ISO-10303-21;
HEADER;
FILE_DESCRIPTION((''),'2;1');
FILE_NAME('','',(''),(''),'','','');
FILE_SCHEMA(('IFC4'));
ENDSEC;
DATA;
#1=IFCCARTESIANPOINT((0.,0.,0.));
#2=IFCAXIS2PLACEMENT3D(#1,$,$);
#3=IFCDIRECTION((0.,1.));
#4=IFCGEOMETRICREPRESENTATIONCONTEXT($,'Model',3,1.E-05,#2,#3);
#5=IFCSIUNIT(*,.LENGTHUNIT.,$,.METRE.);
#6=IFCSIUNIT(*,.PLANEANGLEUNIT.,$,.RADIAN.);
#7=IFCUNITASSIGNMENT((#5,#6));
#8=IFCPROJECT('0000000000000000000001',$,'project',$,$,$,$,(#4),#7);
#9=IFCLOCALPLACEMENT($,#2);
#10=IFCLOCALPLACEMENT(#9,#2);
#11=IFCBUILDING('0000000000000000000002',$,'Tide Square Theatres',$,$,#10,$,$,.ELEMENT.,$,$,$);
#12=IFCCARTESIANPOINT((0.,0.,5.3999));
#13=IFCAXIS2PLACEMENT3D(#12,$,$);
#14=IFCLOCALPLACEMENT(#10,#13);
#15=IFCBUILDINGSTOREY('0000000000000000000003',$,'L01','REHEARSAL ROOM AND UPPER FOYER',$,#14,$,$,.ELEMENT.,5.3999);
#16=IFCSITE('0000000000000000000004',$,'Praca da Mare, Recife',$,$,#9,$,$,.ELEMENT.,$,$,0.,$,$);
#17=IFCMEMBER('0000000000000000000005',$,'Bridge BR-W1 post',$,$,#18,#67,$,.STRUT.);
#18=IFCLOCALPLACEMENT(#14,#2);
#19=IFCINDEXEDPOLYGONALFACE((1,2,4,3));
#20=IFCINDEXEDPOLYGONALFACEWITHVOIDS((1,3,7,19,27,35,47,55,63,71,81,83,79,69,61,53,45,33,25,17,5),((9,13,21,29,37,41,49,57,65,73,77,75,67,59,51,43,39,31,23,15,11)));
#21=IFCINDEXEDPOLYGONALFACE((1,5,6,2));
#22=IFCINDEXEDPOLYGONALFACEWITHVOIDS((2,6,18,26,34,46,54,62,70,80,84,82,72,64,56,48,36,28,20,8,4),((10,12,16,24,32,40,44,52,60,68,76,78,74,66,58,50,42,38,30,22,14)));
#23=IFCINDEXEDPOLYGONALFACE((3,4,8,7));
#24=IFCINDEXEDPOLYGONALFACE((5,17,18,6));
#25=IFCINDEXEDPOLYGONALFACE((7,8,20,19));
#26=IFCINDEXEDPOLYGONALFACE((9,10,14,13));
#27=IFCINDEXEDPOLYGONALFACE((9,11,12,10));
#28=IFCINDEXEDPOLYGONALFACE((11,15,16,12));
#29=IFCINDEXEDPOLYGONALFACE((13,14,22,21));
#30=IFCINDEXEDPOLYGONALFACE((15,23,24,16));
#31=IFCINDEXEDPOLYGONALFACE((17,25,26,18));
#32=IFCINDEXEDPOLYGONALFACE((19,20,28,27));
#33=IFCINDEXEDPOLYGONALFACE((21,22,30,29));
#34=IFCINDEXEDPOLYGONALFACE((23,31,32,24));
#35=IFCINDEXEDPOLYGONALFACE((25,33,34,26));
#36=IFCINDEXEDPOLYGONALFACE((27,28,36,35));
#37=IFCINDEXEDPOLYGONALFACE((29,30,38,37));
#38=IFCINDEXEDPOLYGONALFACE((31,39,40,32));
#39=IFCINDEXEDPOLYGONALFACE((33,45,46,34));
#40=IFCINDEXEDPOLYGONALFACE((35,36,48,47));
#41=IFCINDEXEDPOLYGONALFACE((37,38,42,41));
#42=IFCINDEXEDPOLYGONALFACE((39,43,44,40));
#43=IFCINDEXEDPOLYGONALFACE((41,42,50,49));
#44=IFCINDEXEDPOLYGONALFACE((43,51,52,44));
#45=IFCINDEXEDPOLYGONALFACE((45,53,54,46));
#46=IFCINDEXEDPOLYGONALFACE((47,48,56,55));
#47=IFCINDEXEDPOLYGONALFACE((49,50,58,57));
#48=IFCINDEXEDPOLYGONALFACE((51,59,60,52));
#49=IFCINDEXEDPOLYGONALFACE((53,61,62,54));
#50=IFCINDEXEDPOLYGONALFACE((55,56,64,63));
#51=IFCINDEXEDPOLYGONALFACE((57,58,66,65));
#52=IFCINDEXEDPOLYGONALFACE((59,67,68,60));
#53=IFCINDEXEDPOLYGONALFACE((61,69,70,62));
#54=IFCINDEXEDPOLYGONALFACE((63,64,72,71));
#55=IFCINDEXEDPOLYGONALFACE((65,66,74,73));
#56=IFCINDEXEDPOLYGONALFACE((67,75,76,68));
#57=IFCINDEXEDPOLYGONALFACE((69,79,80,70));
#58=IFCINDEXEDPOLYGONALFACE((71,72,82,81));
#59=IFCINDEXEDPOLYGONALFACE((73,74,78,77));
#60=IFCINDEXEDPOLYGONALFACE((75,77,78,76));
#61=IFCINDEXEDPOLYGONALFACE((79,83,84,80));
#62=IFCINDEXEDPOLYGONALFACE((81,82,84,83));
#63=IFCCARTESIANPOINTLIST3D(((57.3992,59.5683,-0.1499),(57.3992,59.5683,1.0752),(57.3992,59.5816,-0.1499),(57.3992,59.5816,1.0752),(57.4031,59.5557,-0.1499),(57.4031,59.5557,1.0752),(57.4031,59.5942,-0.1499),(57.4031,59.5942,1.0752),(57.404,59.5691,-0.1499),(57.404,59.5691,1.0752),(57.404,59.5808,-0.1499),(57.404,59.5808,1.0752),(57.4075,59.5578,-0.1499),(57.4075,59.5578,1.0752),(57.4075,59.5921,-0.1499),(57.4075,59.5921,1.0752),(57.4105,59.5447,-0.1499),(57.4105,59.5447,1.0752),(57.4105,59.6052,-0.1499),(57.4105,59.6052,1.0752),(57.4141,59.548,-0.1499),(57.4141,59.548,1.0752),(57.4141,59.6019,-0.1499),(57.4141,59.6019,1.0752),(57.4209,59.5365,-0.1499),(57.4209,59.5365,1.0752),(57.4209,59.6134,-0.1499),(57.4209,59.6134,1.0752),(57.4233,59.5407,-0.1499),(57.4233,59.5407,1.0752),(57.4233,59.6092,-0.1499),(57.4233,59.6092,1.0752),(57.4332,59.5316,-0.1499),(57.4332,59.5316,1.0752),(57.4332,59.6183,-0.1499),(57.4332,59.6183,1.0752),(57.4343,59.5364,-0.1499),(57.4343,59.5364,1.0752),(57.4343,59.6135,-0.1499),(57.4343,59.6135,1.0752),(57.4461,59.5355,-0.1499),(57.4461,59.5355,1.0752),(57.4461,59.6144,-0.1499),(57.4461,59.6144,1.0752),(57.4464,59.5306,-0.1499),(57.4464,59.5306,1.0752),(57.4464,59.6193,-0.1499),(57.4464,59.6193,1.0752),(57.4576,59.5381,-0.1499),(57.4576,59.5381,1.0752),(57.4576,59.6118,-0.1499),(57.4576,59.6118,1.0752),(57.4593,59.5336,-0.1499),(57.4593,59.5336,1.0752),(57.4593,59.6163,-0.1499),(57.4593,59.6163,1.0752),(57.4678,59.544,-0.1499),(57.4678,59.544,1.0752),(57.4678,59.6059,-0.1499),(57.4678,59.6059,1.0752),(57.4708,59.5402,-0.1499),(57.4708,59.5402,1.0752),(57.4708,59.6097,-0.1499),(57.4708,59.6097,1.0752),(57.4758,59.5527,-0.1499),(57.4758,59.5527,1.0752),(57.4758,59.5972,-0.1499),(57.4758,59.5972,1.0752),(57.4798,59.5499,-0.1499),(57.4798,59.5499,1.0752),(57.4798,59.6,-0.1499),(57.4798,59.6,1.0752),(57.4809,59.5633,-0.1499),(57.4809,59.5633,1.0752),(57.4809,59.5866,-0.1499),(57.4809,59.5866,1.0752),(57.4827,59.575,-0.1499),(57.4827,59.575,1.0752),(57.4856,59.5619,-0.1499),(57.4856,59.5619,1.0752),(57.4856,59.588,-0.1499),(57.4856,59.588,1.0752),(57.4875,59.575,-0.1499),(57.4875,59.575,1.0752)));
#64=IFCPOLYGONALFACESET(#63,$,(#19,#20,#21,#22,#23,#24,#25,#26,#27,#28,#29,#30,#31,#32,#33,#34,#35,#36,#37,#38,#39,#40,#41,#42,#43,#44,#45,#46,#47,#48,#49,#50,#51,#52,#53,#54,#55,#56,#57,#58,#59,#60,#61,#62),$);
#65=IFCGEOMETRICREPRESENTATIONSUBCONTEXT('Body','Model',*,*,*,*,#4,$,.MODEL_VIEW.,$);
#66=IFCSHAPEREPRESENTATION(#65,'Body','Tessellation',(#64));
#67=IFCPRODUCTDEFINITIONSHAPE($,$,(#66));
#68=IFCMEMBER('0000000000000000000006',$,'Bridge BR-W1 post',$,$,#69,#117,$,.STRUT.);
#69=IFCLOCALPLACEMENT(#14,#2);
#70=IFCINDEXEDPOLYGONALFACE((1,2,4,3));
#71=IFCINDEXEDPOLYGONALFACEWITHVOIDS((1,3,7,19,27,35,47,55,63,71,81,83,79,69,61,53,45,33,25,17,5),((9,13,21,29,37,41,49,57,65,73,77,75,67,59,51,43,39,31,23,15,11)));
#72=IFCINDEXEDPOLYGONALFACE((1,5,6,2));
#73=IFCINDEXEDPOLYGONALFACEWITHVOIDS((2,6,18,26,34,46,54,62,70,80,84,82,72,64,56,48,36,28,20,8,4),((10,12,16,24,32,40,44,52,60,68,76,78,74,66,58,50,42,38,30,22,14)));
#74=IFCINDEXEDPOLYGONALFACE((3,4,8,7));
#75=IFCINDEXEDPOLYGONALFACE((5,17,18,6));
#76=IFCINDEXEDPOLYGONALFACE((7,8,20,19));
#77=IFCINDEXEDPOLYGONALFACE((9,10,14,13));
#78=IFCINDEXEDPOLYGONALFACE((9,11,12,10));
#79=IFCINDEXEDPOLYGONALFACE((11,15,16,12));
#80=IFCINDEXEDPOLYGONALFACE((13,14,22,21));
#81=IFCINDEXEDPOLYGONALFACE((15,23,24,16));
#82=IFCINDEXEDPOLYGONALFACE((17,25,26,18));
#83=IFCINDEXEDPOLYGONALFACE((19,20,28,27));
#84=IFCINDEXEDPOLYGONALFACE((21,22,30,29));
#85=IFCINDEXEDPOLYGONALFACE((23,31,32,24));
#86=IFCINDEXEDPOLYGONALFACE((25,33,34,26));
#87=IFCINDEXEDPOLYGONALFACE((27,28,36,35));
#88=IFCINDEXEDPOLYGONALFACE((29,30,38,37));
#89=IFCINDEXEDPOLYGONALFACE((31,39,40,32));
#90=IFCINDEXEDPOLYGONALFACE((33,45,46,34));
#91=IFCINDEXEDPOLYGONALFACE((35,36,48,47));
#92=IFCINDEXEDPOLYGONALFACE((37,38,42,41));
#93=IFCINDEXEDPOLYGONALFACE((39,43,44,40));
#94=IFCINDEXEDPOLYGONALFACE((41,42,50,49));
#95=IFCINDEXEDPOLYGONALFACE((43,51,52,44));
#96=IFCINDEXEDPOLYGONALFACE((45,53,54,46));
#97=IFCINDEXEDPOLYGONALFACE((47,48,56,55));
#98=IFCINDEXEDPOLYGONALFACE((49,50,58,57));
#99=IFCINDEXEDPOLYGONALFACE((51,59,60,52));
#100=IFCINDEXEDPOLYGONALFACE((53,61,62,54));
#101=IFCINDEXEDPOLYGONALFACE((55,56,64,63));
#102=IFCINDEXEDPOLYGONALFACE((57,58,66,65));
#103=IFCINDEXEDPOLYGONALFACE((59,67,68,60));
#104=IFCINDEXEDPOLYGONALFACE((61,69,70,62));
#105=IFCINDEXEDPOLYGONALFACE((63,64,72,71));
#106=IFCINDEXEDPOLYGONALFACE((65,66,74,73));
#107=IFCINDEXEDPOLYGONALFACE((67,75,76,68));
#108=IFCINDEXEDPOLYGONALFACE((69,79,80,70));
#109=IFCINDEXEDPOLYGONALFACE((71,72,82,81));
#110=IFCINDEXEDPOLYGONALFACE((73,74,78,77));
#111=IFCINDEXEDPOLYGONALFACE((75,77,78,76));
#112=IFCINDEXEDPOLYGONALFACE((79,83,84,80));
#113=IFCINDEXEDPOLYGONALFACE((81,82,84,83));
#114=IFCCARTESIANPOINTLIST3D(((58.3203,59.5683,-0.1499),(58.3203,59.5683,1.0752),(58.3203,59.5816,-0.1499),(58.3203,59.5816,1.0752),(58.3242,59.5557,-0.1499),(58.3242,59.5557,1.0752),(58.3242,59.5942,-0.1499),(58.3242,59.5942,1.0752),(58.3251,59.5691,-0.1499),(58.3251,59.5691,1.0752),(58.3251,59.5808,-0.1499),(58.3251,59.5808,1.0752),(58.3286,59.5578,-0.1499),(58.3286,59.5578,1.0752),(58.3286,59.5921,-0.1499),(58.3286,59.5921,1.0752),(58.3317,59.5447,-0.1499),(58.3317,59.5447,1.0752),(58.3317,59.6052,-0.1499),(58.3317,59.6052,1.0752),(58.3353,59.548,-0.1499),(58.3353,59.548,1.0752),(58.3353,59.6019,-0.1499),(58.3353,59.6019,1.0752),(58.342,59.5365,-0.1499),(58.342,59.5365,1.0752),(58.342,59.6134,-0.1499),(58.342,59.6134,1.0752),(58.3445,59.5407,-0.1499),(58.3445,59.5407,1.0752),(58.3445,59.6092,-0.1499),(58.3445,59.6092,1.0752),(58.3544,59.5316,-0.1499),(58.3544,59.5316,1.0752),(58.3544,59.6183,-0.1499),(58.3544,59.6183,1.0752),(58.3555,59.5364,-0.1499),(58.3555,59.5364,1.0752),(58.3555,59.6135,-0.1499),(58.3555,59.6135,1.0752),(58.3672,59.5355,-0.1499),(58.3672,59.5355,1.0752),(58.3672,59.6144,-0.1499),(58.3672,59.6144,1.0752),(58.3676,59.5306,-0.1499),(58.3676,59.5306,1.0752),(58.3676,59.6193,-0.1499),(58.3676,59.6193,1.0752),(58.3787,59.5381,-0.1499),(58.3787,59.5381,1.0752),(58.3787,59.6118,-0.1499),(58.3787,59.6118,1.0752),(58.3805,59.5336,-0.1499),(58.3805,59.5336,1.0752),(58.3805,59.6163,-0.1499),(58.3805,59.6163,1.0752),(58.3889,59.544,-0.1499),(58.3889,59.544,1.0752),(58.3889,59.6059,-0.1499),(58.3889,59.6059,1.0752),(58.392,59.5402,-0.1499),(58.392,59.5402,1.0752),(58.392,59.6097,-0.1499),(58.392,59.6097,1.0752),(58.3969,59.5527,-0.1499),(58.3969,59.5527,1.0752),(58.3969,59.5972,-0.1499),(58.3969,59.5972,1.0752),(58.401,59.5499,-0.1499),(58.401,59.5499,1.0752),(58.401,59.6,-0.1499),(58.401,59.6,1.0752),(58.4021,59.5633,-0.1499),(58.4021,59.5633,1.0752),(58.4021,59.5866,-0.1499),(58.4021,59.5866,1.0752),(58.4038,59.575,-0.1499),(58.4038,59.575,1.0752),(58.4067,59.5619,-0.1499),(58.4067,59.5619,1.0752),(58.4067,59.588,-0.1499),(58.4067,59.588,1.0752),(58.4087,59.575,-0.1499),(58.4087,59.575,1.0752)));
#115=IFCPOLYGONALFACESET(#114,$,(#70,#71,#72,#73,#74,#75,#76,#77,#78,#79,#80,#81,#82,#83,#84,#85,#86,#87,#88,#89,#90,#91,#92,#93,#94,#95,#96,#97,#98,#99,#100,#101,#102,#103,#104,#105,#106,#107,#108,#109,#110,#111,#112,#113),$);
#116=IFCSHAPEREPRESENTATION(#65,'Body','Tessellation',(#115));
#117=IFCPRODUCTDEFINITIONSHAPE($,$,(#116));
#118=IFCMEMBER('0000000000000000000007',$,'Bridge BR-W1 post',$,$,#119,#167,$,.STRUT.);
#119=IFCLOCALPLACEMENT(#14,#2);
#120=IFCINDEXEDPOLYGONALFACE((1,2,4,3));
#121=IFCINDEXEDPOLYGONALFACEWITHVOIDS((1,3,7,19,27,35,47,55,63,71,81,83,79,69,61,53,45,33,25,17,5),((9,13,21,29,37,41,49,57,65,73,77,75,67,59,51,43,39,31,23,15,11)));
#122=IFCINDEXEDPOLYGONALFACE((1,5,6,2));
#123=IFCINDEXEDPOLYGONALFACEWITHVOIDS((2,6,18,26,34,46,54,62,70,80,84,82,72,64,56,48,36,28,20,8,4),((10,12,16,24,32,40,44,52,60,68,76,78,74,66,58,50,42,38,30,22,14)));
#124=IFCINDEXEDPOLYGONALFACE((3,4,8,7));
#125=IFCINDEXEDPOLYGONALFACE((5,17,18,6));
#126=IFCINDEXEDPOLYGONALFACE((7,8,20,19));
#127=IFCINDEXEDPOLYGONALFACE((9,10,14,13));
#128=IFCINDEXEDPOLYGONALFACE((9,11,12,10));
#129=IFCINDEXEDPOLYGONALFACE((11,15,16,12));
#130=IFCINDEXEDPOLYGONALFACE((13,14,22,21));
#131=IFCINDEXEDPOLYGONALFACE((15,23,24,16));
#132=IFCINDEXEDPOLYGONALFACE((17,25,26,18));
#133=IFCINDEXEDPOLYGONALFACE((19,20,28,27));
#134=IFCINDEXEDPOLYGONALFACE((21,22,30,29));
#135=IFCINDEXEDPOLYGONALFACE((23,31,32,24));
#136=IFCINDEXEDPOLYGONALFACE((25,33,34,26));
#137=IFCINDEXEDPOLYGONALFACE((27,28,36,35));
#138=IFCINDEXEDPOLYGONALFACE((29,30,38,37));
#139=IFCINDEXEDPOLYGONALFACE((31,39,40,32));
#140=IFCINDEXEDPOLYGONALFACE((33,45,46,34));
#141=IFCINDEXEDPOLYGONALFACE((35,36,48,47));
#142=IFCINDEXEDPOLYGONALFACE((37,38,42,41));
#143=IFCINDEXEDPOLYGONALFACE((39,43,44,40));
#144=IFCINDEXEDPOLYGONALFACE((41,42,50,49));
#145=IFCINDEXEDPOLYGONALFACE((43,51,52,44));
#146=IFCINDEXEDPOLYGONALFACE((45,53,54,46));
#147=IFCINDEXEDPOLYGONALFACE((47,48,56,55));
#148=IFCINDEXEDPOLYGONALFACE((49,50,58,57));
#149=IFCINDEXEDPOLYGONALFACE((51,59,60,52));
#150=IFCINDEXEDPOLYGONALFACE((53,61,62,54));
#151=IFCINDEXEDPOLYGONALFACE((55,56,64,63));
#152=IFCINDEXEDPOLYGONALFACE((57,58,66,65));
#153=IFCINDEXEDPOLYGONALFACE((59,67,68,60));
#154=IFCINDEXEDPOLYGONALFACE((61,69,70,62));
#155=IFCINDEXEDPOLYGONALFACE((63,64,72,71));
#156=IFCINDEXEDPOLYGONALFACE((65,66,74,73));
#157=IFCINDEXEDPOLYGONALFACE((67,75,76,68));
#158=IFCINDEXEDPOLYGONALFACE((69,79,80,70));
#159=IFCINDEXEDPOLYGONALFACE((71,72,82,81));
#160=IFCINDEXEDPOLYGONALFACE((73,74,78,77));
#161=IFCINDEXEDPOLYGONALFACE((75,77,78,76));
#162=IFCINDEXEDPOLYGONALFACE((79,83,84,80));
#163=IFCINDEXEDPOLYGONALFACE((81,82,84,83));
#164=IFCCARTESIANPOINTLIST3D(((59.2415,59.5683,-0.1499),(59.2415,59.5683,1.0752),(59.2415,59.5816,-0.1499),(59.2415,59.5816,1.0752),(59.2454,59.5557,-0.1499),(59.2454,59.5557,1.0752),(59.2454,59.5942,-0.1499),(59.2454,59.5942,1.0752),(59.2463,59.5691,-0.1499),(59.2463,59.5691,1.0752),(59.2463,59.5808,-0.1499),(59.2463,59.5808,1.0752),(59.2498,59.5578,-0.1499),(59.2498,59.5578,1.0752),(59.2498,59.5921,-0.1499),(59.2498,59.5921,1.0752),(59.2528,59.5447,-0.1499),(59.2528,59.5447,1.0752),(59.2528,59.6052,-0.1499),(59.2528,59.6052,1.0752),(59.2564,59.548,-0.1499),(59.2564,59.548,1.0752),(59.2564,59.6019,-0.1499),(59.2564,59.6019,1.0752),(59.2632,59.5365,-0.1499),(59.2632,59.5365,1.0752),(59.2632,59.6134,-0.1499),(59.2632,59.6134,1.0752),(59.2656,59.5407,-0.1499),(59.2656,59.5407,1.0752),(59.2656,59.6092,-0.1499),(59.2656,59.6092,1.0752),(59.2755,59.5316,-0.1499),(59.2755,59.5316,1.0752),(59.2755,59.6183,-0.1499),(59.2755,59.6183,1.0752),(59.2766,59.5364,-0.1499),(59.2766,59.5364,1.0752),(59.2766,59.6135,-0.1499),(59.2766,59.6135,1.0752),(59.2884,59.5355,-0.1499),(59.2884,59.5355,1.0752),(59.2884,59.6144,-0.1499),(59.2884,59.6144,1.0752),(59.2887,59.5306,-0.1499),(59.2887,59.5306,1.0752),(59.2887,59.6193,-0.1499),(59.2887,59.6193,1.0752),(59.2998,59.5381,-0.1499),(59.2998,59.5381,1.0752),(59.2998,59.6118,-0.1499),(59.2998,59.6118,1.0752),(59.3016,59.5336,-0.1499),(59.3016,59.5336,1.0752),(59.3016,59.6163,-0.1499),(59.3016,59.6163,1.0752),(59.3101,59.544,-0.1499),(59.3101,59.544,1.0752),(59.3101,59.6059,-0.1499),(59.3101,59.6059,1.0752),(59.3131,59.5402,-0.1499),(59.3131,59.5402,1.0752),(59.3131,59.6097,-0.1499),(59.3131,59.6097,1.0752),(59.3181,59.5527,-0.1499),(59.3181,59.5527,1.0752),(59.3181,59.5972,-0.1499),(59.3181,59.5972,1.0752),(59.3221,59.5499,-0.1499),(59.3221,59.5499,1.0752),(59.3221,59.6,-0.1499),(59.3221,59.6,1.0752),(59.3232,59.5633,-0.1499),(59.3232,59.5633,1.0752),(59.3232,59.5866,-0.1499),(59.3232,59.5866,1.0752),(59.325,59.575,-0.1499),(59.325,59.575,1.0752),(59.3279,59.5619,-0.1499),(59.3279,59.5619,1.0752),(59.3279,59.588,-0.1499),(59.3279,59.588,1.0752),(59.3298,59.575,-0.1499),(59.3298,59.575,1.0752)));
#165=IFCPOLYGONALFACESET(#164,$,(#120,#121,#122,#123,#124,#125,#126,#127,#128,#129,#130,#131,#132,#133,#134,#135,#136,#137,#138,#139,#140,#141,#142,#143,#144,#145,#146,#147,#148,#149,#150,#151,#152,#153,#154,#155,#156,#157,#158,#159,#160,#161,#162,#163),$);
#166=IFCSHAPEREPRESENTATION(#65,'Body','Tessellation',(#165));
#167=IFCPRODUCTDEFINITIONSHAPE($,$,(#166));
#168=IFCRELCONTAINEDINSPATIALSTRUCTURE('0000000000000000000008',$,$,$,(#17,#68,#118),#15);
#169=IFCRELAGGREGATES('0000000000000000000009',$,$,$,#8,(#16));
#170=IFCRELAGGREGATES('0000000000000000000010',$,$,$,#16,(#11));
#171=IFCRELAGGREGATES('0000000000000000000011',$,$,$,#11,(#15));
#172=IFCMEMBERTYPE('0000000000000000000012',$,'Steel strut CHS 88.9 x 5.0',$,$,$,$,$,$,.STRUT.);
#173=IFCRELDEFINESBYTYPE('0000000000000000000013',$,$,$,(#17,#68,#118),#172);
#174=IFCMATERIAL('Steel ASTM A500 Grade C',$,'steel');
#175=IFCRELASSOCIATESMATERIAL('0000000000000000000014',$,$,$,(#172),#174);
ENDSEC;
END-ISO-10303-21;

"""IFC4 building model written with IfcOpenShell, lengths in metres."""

from ifc_helpers import new_model, si_unit, direction, frame, origin, origin_2d, place, context, subcontext, project, spatial, hollow_circle, extrude, material, material_profile, profile_set, type_object, element, save


model = new_model("IFC4")

# Units and contexts
model_context = context("Model", 3, precision=1e-05, world=origin(), true_north=direction((0.0, 1.0)))
body_context = subcontext(model_context, "Body", "Model", "MODEL_VIEW")
ifc_project = project(units=[si_unit("LENGTHUNIT", "METRE"), si_unit("PLANEANGLEUNIT", "RADIAN")], contexts=[model_context])

# Site, building, storey
site_placement = place(None, origin())
site = spatial("IfcSite", under=ifc_project, at=site_placement, Name="Praca da Mare, Recife", CompositionType="ELEMENT", RefElevation=0.0)
building_placement = place(site_placement, origin())
building = spatial("IfcBuilding", under=site, at=building_placement, Name="Tide Square Theatres", CompositionType="ELEMENT")
storey_placement = place(building_placement, frame((0.0, 0.0, 5.3999)))
storey = spatial("IfcBuildingStorey", under=building, at=storey_placement, Name="L01", Description="REHEARSAL ROOM AND UPPER FOYER", CompositionType="ELEMENT", Elevation=5.3999)

# Members
ifc_material_1 = material(Name="Steel ASTM A500 Grade C", Category="steel")
ifc_material_profile_1 = material_profile(ifc_material_1, hollow_circle(Radius=0.0444, WallThickness=0.0049, at=origin_2d()))
ifc_profile_set_1 = profile_set([ifc_material_profile_1], Name="Steel ASTM A500 Grade C")
member_type_1 = type_object("IfcMemberType", Name="Steel strut CHS 88.9 x 5.0", PredefinedType="STRUT", material=ifc_profile_set_1)
for number, where, z_axis, x_axis, name in (
    (1, (57.4431, 59.575, -0.1499), (0.0, 0.0, 1.0), (1.0, 0.0, 0.0), "Bridge BR-W1 post"),
    (2, (58.3643, 59.575, -0.1499), (0.0, 0.0, 1.0), (1.0, 0.0, 0.0), "Bridge BR-W1 post"),
    (3, (59.2854, 59.575, -0.1499), (0.0, 0.0, 1.0), (1.0, 0.0, 0.0), "Bridge BR-W1 post"),
):
    element("IfcMember", number, at=place(storey_placement, frame(where, z_axis=z_axis, x_axis=x_axis)), inside=storey, type_object=member_type_1, Name=name, PredefinedType="STRUT", context=body_context, shape_type="SweptSolid", body=[
        extrude(hollow_circle(Radius=0.0444, WallThickness=0.0049, at=origin_2d()), origin(), (0.0, 0.0, 1.0), 1.2251),
    ])

save(model, "model.ifc")
